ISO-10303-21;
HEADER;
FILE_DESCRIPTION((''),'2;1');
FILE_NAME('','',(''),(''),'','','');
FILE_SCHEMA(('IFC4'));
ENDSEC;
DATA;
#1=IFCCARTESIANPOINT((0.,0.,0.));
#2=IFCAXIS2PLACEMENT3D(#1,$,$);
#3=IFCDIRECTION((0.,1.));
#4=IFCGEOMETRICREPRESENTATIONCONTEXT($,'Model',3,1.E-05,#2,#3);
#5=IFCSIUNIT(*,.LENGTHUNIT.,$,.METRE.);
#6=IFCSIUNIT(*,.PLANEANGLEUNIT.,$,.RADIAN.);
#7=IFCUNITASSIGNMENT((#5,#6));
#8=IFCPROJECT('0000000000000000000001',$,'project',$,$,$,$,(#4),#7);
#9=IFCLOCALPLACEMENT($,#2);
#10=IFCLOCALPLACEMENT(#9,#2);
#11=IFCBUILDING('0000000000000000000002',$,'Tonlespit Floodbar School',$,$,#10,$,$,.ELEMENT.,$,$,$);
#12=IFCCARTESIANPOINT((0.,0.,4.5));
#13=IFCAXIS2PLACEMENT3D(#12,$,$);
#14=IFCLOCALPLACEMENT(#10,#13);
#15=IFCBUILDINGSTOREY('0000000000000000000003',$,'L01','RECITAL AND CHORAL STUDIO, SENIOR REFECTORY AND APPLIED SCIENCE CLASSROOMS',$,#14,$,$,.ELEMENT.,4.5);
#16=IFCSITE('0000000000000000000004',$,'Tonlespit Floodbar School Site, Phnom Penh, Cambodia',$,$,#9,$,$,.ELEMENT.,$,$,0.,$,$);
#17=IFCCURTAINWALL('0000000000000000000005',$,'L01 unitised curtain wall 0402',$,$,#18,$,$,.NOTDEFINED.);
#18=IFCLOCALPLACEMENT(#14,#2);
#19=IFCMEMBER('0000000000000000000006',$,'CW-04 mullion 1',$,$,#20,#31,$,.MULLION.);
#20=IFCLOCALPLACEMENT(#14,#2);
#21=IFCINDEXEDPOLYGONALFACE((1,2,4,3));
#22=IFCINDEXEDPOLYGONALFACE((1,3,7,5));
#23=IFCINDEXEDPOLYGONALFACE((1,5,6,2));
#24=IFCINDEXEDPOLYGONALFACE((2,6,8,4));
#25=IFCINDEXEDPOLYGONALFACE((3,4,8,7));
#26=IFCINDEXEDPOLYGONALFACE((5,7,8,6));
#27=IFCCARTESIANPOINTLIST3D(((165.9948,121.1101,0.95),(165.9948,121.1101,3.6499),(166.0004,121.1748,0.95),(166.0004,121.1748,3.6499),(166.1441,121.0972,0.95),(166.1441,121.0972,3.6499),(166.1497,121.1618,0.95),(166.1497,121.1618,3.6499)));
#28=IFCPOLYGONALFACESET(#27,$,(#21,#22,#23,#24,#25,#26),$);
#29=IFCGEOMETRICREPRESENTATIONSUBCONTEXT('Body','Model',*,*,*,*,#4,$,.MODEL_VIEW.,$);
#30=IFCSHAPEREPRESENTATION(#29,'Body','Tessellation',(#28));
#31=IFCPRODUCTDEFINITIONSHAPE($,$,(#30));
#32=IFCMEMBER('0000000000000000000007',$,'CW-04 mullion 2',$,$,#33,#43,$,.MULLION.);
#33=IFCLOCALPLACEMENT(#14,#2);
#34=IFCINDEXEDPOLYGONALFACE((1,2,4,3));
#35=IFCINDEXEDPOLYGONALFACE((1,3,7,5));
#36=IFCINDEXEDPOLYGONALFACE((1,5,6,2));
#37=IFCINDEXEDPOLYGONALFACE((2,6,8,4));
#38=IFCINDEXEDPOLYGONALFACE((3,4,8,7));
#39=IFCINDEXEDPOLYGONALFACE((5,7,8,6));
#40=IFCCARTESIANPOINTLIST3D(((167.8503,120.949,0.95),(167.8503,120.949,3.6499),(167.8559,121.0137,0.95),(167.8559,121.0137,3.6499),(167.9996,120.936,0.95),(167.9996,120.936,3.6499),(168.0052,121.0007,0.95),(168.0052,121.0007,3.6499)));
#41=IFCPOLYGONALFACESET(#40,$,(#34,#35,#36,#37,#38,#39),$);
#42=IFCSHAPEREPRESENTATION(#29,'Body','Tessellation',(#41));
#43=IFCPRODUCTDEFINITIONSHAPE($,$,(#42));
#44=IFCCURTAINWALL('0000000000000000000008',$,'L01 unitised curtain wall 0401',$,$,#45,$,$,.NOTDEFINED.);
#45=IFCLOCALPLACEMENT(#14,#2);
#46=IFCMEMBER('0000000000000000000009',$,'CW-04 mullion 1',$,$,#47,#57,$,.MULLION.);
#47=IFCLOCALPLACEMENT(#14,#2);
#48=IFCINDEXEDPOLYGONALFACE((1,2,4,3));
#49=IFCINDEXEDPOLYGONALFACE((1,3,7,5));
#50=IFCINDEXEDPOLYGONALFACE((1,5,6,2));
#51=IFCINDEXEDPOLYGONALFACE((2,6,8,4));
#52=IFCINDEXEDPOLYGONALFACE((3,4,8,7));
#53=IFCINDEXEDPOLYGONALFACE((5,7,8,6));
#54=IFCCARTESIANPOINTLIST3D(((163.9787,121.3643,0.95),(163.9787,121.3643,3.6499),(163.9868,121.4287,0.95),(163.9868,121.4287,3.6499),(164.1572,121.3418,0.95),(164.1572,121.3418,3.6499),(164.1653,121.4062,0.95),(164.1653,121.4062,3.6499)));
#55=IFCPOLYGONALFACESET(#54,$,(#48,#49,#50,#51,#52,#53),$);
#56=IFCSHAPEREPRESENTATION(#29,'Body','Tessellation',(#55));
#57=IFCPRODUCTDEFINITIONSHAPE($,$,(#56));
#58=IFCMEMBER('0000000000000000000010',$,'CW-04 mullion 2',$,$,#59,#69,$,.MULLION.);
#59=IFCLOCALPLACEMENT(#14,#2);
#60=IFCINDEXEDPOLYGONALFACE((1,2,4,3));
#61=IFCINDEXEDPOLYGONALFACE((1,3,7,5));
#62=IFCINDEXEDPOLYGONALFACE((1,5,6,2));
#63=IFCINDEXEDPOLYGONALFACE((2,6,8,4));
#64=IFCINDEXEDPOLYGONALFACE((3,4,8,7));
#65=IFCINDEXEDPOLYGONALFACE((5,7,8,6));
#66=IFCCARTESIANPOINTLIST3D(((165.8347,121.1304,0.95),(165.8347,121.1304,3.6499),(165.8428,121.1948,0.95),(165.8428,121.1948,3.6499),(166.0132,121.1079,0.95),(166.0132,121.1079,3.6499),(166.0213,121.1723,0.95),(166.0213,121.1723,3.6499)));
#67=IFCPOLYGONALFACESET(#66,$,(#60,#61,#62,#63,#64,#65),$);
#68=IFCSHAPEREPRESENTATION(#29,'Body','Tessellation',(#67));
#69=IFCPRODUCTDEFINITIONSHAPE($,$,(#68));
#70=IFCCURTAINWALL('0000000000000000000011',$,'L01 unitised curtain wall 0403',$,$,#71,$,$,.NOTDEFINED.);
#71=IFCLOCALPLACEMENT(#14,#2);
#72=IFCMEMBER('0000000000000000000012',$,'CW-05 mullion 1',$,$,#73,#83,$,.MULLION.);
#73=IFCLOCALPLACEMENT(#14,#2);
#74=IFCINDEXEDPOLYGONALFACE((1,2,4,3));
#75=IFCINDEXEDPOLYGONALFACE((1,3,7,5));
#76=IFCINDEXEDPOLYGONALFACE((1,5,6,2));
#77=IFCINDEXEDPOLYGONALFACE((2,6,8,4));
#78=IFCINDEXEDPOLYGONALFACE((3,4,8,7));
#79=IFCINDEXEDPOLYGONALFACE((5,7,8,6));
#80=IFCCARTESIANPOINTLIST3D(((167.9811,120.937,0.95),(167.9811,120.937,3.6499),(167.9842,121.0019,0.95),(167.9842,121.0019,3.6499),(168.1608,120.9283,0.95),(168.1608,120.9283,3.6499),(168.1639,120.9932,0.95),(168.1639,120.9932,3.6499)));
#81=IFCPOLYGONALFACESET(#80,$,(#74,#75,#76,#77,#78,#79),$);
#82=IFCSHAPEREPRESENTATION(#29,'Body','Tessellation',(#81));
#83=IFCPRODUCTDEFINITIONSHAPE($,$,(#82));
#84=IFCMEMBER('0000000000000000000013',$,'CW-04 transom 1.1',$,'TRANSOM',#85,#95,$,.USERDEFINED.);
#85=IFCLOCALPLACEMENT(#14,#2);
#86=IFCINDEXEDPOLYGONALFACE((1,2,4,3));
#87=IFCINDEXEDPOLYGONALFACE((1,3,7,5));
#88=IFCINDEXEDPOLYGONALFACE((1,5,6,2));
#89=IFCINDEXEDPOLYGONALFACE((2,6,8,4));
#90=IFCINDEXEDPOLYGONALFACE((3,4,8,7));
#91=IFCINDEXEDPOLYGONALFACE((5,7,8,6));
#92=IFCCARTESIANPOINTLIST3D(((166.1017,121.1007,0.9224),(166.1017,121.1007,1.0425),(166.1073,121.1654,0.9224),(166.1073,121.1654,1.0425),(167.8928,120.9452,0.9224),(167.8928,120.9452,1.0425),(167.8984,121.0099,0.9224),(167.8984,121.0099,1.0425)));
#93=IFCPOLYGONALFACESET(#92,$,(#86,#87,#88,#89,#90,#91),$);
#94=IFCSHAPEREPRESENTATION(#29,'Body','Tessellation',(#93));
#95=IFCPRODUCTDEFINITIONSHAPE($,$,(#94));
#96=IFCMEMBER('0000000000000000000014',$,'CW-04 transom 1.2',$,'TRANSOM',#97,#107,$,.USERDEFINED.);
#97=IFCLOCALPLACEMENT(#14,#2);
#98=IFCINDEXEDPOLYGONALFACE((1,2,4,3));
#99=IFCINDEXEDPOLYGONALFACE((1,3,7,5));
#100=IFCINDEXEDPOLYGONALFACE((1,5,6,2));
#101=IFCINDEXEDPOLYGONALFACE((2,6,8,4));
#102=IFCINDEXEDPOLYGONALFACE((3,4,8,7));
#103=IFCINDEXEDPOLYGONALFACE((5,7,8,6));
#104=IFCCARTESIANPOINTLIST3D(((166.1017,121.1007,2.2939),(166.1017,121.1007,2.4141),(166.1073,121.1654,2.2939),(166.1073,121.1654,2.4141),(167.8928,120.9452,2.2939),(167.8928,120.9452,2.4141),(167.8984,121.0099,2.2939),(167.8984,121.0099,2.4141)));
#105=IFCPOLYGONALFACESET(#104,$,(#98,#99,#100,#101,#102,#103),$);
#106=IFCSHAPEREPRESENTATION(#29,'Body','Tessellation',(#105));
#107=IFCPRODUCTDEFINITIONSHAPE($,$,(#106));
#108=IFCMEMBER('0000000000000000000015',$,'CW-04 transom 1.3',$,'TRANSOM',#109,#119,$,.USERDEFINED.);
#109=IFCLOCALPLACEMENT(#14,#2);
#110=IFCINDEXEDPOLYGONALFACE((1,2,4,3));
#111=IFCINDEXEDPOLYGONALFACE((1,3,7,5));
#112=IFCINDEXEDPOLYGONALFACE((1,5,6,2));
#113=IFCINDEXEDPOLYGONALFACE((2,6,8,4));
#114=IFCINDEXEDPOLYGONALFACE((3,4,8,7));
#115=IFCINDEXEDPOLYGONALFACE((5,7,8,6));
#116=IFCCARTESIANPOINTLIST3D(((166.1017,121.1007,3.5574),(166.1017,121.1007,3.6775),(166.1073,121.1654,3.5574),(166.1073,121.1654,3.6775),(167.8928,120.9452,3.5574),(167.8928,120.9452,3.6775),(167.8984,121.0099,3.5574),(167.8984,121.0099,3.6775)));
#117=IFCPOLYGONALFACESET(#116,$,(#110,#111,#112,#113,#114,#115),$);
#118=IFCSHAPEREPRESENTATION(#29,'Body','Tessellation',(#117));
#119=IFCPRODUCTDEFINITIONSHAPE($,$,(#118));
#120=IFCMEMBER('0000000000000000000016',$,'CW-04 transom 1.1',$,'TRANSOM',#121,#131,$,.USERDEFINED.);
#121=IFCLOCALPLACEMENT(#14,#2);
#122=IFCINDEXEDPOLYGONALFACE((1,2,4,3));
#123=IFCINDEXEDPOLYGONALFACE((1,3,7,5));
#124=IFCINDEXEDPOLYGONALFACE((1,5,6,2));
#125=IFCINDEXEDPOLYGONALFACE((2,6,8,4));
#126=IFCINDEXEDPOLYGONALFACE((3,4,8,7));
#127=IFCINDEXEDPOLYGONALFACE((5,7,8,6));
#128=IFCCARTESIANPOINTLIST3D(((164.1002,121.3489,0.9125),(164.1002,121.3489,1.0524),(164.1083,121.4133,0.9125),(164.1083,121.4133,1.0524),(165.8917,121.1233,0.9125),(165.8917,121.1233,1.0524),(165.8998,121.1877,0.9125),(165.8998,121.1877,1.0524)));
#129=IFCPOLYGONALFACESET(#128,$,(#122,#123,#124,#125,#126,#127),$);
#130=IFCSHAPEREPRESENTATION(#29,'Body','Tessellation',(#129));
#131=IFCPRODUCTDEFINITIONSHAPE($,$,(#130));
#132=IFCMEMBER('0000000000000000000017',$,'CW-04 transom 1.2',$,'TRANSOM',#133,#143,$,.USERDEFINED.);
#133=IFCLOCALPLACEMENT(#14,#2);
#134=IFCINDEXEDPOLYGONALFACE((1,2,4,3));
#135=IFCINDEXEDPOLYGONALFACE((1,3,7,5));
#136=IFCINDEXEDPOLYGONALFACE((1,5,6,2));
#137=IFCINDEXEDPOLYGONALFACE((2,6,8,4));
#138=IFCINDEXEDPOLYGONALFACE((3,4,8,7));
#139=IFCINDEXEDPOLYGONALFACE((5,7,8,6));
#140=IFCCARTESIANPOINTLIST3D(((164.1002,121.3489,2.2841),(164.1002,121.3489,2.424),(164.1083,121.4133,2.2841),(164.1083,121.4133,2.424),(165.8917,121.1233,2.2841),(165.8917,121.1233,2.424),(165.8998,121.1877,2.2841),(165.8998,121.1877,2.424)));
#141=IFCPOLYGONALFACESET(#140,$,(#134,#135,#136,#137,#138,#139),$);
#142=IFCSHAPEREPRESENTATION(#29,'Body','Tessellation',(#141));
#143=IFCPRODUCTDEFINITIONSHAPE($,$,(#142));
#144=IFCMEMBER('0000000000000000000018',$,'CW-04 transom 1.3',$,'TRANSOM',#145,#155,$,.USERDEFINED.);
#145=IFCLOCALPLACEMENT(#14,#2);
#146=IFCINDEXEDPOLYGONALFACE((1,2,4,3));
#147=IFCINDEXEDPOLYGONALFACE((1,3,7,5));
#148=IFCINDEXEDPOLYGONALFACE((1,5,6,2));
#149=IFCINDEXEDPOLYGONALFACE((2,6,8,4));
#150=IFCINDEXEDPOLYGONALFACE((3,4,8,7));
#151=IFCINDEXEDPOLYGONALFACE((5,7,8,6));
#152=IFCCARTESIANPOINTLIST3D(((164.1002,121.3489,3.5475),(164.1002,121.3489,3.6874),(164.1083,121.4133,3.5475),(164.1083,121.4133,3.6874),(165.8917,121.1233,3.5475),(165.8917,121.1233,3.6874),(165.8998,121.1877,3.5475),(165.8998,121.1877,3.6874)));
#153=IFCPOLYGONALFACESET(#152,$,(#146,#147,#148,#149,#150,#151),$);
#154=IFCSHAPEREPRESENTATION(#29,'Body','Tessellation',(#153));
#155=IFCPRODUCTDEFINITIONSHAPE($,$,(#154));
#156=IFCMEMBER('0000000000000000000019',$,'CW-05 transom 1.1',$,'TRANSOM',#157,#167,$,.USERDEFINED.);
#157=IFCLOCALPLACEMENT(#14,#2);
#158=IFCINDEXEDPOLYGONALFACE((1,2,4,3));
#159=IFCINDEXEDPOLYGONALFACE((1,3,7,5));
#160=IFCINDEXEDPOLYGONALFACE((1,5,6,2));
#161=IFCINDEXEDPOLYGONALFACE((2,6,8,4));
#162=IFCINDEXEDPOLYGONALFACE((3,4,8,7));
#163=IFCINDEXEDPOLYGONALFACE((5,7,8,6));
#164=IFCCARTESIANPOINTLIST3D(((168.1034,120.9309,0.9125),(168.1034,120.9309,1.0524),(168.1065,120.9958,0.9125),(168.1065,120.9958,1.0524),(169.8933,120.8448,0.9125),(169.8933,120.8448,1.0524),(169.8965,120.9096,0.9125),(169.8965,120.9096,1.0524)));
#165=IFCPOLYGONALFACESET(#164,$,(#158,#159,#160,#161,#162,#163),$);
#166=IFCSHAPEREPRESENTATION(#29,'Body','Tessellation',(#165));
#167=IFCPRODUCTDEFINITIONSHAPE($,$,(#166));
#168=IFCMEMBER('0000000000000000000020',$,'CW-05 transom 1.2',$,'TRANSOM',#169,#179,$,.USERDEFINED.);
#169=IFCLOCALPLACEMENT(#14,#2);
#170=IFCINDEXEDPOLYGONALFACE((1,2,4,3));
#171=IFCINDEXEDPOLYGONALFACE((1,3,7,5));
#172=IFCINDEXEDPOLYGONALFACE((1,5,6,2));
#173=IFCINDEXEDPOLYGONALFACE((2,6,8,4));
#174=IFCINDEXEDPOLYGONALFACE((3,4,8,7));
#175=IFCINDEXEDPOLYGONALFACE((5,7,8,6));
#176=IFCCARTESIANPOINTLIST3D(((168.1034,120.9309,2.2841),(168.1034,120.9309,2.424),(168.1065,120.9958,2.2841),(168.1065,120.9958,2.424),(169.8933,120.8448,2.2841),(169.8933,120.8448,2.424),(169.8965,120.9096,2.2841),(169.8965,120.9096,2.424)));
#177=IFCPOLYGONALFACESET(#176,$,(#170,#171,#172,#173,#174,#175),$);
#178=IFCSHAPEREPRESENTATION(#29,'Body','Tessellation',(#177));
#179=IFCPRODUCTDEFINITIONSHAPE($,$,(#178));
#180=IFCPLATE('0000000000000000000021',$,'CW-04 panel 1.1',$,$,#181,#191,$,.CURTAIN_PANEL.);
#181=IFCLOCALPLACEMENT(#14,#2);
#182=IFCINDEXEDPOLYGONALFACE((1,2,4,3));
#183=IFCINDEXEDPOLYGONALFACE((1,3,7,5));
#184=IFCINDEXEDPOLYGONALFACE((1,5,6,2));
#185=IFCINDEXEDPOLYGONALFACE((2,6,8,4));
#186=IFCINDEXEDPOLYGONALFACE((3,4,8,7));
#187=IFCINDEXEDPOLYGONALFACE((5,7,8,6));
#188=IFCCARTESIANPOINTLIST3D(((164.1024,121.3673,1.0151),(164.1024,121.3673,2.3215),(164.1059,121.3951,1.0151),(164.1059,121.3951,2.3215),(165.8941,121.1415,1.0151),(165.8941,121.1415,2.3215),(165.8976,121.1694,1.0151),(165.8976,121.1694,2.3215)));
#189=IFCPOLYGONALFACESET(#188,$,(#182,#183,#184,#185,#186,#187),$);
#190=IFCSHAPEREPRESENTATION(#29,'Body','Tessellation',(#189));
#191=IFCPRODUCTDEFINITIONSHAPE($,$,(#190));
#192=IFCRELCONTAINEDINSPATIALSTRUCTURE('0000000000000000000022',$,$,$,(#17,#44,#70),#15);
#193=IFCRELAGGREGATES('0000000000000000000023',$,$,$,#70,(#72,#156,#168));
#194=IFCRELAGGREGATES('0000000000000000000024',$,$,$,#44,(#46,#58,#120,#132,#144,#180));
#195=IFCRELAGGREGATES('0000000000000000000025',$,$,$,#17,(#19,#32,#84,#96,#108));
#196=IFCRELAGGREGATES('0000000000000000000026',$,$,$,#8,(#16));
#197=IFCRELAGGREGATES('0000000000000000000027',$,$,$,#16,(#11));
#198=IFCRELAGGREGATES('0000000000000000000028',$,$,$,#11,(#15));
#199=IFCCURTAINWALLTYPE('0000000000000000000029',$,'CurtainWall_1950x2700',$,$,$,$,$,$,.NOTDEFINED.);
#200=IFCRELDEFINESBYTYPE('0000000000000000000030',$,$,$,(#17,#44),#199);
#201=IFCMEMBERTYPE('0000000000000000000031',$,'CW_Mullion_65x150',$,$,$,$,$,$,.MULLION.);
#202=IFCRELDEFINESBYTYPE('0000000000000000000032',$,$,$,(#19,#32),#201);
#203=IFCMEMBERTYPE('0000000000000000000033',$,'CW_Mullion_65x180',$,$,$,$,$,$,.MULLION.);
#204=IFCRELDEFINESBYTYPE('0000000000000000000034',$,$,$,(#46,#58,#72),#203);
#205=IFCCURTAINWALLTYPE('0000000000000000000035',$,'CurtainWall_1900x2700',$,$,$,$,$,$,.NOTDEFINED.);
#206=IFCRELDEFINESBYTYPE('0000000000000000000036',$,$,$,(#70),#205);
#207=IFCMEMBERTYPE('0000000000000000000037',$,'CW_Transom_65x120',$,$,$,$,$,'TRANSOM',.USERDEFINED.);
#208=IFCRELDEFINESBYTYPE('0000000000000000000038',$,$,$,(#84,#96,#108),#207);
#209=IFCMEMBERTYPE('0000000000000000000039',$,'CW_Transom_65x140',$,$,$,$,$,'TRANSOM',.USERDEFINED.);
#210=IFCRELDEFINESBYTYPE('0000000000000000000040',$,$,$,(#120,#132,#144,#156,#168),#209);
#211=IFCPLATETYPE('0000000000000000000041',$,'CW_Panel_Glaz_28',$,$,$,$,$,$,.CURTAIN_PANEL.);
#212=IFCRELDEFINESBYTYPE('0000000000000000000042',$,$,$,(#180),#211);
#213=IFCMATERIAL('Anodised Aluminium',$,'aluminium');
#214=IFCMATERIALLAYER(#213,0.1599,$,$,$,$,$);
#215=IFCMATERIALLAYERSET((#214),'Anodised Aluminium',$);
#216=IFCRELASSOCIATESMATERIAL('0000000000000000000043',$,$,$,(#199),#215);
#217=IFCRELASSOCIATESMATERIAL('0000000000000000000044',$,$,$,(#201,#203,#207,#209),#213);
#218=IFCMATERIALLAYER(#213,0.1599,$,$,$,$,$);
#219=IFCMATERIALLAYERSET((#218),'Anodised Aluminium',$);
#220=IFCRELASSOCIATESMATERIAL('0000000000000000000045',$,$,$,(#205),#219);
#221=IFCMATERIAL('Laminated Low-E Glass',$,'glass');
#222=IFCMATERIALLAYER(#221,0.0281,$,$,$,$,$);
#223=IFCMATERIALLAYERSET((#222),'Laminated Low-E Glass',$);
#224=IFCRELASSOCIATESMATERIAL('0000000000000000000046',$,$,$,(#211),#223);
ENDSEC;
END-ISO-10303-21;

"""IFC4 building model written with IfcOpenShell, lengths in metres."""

from ifc_helpers import new_model, si_unit, direction, frame, origin, origin_2d, place, context, subcontext, project, spatial, rectangle, extrude, material, layer, layer_set, material_profile, profile_set, type_object, element, aggregate, save


model = new_model("IFC4")

# Units and contexts
model_context = context("Model", 3, precision=1e-05, world=origin(), true_north=direction((0.0, 1.0)))
body_context = subcontext(model_context, "Body", "Model", "MODEL_VIEW")
ifc_project = project(units=[si_unit("LENGTHUNIT", "METRE"), si_unit("PLANEANGLEUNIT", "RADIAN")], contexts=[model_context])

# Site, building, storey
site_placement = place(None, origin())
site = spatial("IfcSite", under=ifc_project, at=site_placement, Name="Tonlespit Floodbar School Site, Phnom Penh, Cambodia", CompositionType="ELEMENT", RefElevation=0.0)
building_placement = place(site_placement, origin())
building = spatial("IfcBuilding", under=site, at=building_placement, Name="Tonlespit Floodbar School", CompositionType="ELEMENT")
storey_placement = place(building_placement, frame((0.0, 0.0, 4.5)))
storey = spatial("IfcBuildingStorey", under=building, at=storey_placement, Name="L01", Description="RECITAL AND CHORAL STUDIO, SENIOR REFECTORY AND APPLIED SCIENCE CLASSROOMS", CompositionType="ELEMENT", Elevation=4.5)

# Curtain walls, members
ifc_material_1 = material(Name="Anodised Aluminium", Category="aluminium")
ifc_layer_1 = layer(ifc_material_1, 0.1599)
ifc_layer_set_1 = layer_set([ifc_layer_1], Name="Anodised Aluminium")
curtain_wall_type_1 = type_object("IfcCurtainWallType", Name="CurtainWall_1950x2700", PredefinedType="NOTDEFINED", material=ifc_layer_set_1)
curtain_wall_1_placement = place(storey_placement, origin())
curtain_wall_1 = element("IfcCurtainWall", 1, at=curtain_wall_1_placement, inside=storey, type_object=curtain_wall_type_1, Name="L01 unitised curtain wall 0402", PredefinedType="NOTDEFINED")
ifc_material_profile_1 = material_profile(ifc_material_1, rectangle(XDim=0.0649, YDim=0.1499, at=origin_2d()), Name="ALU M65x150")
ifc_profile_set_1 = profile_set([ifc_material_profile_1], Name="Anodised Aluminium")
member_type_1 = type_object("IfcMemberType", Name="CW_Mullion_65x150", PredefinedType="MULLION", material=ifc_profile_set_1)
member_1_placement = place(storey_placement, frame((166.0723, 121.136, 0.95), z_axis=(0.0, 0.0, 1.0), x_axis=(0.086531, 0.996249, 0.0)))
member_1 = element("IfcMember", 2, at=member_1_placement, type_object=member_type_1, Name="CW-04 mullion 1", PredefinedType="MULLION", context=body_context, shape_type="SweptSolid", body=[
    extrude(rectangle(XDim=0.0649, YDim=0.1499, at=origin_2d()), origin(), (0.0, 0.0, 1.0), 2.7),
])
member_2_placement = place(storey_placement, frame((167.9277, 120.9749, 0.95), z_axis=(0.0, 0.0, 1.0), x_axis=(0.086531, 0.996249, 0.0)))
member_2 = element("IfcMember", 3, at=member_2_placement, type_object=member_type_1, Name="CW-04 mullion 2", PredefinedType="MULLION", context=body_context, shape_type="SweptSolid", body=[
    extrude(rectangle(XDim=0.0649, YDim=0.1499, at=origin_2d()), origin(), (0.0, 0.0, 1.0), 2.7),
])
curtain_wall_2_placement = place(storey_placement, origin())
curtain_wall_2 = element("IfcCurtainWall", 4, at=curtain_wall_2_placement, inside=storey, type_object=curtain_wall_type_1, Name="L01 unitised curtain wall 0401", PredefinedType="NOTDEFINED")
ifc_material_profile_2 = material_profile(ifc_material_1, rectangle(XDim=0.0649, YDim=0.1799, at=origin_2d()), Name="ALU M65x180")
ifc_profile_set_2 = profile_set([ifc_material_profile_2], Name="Anodised Aluminium")
member_type_2 = type_object("IfcMemberType", Name="CW_Mullion_65x180", PredefinedType="MULLION", material=ifc_profile_set_2)
member_3_placement = place(storey_placement, frame((164.072, 121.3853, 0.95), z_axis=(0.0, 0.0, 1.0), x_axis=(0.125014, 0.992155, 0.0)))
member_3 = element("IfcMember", 5, at=member_3_placement, type_object=member_type_2, Name="CW-04 mullion 1", PredefinedType="MULLION", context=body_context, shape_type="SweptSolid", body=[
    extrude(rectangle(XDim=0.0649, YDim=0.1799, at=origin_2d()), origin(), (0.0, 0.0, 1.0), 2.7),
])
member_4_placement = place(storey_placement, frame((165.928, 121.1514, 0.95), z_axis=(0.0, 0.0, 1.0), x_axis=(0.125014, 0.992155, 0.0)))
member_4 = element("IfcMember", 6, at=member_4_placement, type_object=member_type_2, Name="CW-04 mullion 2", PredefinedType="MULLION", context=body_context, shape_type="SweptSolid", body=[
    extrude(rectangle(XDim=0.0649, YDim=0.1799, at=origin_2d()), origin(), (0.0, 0.0, 1.0), 2.7),
])

# Curtain wall, member
ifc_layer_2 = layer(ifc_material_1, 0.1599)
ifc_layer_set_2 = layer_set([ifc_layer_2], Name="Anodised Aluminium")
curtain_wall_type_2 = type_object("IfcCurtainWallType", Name="CurtainWall_1900x2700", PredefinedType="NOTDEFINED", material=ifc_layer_set_2)
curtain_wall_3_placement = place(storey_placement, origin())
curtain_wall_3 = element("IfcCurtainWall", 7, at=curtain_wall_3_placement, inside=storey, type_object=curtain_wall_type_2, Name="L01 unitised curtain wall 0403", PredefinedType="NOTDEFINED")
member_5_placement = place(storey_placement, frame((168.0725, 120.9651, 0.95), z_axis=(0.0, 0.0, 1.0), x_axis=(0.048121, 0.998842, 0.0)))
member_5 = element("IfcMember", 8, at=member_5_placement, type_object=member_type_2, Name="CW-05 mullion 1", PredefinedType="MULLION", context=body_context, shape_type="SweptSolid", body=[
    extrude(rectangle(XDim=0.0649, YDim=0.1799, at=origin_2d()), origin(), (0.0, 0.0, 1.0), 2.7),
])

# Members
ifc_material_profile_3 = material_profile(ifc_material_1, rectangle(XDim=0.0649, YDim=0.1201, at=origin_2d()), Name="ALU T65x120")
ifc_profile_set_3 = profile_set([ifc_material_profile_3], Name="Anodised Aluminium")
member_type_3 = type_object("IfcMemberType", Name="CW_Transom_65x120", ElementType="TRANSOM", PredefinedType="USERDEFINED", material=ifc_profile_set_3)
member_6_placement = place(storey_placement, frame((166.1045, 121.1331, 0.9824), z_axis=(0.996251, -0.086507, 0.0), x_axis=(0.086507, 0.996251, 0.0)))
member_6 = element("IfcMember", 9, at=member_6_placement, type_object=member_type_3, Name="CW-04 transom 1.1", ObjectType="TRANSOM", PredefinedType="USERDEFINED", context=body_context, shape_type="SweptSolid", body=[
    extrude(rectangle(XDim=0.0649, YDim=0.1201, at=origin_2d()), origin(), (0.0, 0.0, 1.0), 1.7979),
])
member_7_placement = place(storey_placement, frame((166.1045, 121.1331, 2.354), z_axis=(0.996251, -0.086507, 0.0), x_axis=(0.086507, 0.996251, 0.0)))
member_7 = element("IfcMember", 10, at=member_7_placement, type_object=member_type_3, Name="CW-04 transom 1.2", ObjectType="TRANSOM", PredefinedType="USERDEFINED", context=body_context, shape_type="SweptSolid", body=[
    extrude(rectangle(XDim=0.0649, YDim=0.1201, at=origin_2d()), origin(), (0.0, 0.0, 1.0), 1.7979),
])
member_8_placement = place(storey_placement, frame((166.1045, 121.1331, 3.6174), z_axis=(0.996251, -0.086507, 0.0), x_axis=(0.086507, 0.996251, 0.0)))
member_8 = element("IfcMember", 11, at=member_8_placement, type_object=member_type_3, Name="CW-04 transom 1.3", ObjectType="TRANSOM", PredefinedType="USERDEFINED", context=body_context, shape_type="SweptSolid", body=[
    extrude(rectangle(XDim=0.0649, YDim=0.1201, at=origin_2d()), origin(), (0.0, 0.0, 1.0), 1.7979),
])
ifc_material_profile_4 = material_profile(ifc_material_1, rectangle(XDim=0.0649, YDim=0.1399, at=origin_2d()), Name="ALU T65x140")
ifc_profile_set_4 = profile_set([ifc_material_profile_4], Name="Anodised Aluminium")
member_type_4 = type_object("IfcMemberType", Name="CW_Transom_65x140", ElementType="TRANSOM", PredefinedType="USERDEFINED", material=ifc_profile_set_4)
member_9_placement = place(storey_placement, frame((164.1042, 121.3811, 0.9824), z_axis=(0.992165, -0.124933, 0.0), x_axis=(0.124933, 0.992165, 0.0)))
member_9 = element("IfcMember", 12, at=member_9_placement, type_object=member_type_4, Name="CW-04 transom 1.1", ObjectType="TRANSOM", PredefinedType="USERDEFINED", context=body_context, shape_type="SweptSolid", body=[
    extrude(rectangle(XDim=0.0649, YDim=0.1399, at=origin_2d()), origin(), (0.0, 0.0, 1.0), 1.8057),
])
member_10_placement = place(storey_placement, frame((164.1042, 121.3811, 2.354), z_axis=(0.992165, -0.124933, 0.0), x_axis=(0.124933, 0.992165, 0.0)))
member_10 = element("IfcMember", 13, at=member_10_placement, type_object=member_type_4, Name="CW-04 transom 1.2", ObjectType="TRANSOM", PredefinedType="USERDEFINED", context=body_context, shape_type="SweptSolid", body=[
    extrude(rectangle(XDim=0.0649, YDim=0.1399, at=origin_2d()), origin(), (0.0, 0.0, 1.0), 1.8057),
])
member_11_placement = place(storey_placement, frame((164.1042, 121.3811, 3.6174), z_axis=(0.992165, -0.124933, 0.0), x_axis=(0.124933, 0.992165, 0.0)))
member_11 = element("IfcMember", 14, at=member_11_placement, type_object=member_type_4, Name="CW-04 transom 1.3", ObjectType="TRANSOM", PredefinedType="USERDEFINED", context=body_context, shape_type="SweptSolid", body=[
    extrude(rectangle(XDim=0.0649, YDim=0.1399, at=origin_2d()), origin(), (0.0, 0.0, 1.0), 1.8057),
])
member_12_placement = place(storey_placement, frame((168.105, 120.9634, 0.9824), z_axis=(0.998843, -0.048089, 0.0), x_axis=(0.048089, 0.998843, 0.0)))
member_12 = element("IfcMember", 15, at=member_12_placement, type_object=member_type_4, Name="CW-05 transom 1.1", ObjectType="TRANSOM", PredefinedType="USERDEFINED", context=body_context, shape_type="SweptSolid", body=[
    extrude(rectangle(XDim=0.0649, YDim=0.1399, at=origin_2d()), origin(), (0.0, 0.0, 1.0), 1.792),
])
member_13_placement = place(storey_placement, frame((168.105, 120.9634, 2.354), z_axis=(0.998843, -0.048089, 0.0), x_axis=(0.048089, 0.998843, 0.0)))
member_13 = element("IfcMember", 16, at=member_13_placement, type_object=member_type_4, Name="CW-05 transom 1.2", ObjectType="TRANSOM", PredefinedType="USERDEFINED", context=body_context, shape_type="SweptSolid", body=[
    extrude(rectangle(XDim=0.0649, YDim=0.1399, at=origin_2d()), origin(), (0.0, 0.0, 1.0), 1.792),
])
aggregate(curtain_wall_3, [member_5, member_12, member_13])

# Plate
ifc_material_2 = material(Name="Laminated Low-E Glass", Category="glass")
ifc_layer_3 = layer(ifc_material_2, 0.0281)
ifc_layer_set_3 = layer_set([ifc_layer_3], Name="Laminated Low-E Glass")
plate_type_1 = type_object("IfcPlateType", Name="CW_Panel_Glaz_28", PredefinedType="CURTAIN_PANEL", material=ifc_layer_set_3)
plate_1_placement = place(storey_placement, frame((165.0, 121.2683, 1.0151), z_axis=(0.0, 0.0, 1.0), x_axis=(0.992155, -0.125014, 0.0)))
plate_1 = element("IfcPlate", 17, at=plate_1_placement, type_object=plate_type_1, Name="CW-04 panel 1.1", PredefinedType="CURTAIN_PANEL", context=body_context, shape_type="SweptSolid", body=[
    extrude(rectangle(XDim=1.8059, YDim=0.0281, at=origin_2d()), origin(), (0.0, 0.0, 1.0), 1.3064),
])
aggregate(curtain_wall_2, [member_3, member_4, member_9, member_10, member_11, plate_1])
aggregate(curtain_wall_1, [member_1, member_2, member_6, member_7, member_8])

save(model, "model.ifc")
